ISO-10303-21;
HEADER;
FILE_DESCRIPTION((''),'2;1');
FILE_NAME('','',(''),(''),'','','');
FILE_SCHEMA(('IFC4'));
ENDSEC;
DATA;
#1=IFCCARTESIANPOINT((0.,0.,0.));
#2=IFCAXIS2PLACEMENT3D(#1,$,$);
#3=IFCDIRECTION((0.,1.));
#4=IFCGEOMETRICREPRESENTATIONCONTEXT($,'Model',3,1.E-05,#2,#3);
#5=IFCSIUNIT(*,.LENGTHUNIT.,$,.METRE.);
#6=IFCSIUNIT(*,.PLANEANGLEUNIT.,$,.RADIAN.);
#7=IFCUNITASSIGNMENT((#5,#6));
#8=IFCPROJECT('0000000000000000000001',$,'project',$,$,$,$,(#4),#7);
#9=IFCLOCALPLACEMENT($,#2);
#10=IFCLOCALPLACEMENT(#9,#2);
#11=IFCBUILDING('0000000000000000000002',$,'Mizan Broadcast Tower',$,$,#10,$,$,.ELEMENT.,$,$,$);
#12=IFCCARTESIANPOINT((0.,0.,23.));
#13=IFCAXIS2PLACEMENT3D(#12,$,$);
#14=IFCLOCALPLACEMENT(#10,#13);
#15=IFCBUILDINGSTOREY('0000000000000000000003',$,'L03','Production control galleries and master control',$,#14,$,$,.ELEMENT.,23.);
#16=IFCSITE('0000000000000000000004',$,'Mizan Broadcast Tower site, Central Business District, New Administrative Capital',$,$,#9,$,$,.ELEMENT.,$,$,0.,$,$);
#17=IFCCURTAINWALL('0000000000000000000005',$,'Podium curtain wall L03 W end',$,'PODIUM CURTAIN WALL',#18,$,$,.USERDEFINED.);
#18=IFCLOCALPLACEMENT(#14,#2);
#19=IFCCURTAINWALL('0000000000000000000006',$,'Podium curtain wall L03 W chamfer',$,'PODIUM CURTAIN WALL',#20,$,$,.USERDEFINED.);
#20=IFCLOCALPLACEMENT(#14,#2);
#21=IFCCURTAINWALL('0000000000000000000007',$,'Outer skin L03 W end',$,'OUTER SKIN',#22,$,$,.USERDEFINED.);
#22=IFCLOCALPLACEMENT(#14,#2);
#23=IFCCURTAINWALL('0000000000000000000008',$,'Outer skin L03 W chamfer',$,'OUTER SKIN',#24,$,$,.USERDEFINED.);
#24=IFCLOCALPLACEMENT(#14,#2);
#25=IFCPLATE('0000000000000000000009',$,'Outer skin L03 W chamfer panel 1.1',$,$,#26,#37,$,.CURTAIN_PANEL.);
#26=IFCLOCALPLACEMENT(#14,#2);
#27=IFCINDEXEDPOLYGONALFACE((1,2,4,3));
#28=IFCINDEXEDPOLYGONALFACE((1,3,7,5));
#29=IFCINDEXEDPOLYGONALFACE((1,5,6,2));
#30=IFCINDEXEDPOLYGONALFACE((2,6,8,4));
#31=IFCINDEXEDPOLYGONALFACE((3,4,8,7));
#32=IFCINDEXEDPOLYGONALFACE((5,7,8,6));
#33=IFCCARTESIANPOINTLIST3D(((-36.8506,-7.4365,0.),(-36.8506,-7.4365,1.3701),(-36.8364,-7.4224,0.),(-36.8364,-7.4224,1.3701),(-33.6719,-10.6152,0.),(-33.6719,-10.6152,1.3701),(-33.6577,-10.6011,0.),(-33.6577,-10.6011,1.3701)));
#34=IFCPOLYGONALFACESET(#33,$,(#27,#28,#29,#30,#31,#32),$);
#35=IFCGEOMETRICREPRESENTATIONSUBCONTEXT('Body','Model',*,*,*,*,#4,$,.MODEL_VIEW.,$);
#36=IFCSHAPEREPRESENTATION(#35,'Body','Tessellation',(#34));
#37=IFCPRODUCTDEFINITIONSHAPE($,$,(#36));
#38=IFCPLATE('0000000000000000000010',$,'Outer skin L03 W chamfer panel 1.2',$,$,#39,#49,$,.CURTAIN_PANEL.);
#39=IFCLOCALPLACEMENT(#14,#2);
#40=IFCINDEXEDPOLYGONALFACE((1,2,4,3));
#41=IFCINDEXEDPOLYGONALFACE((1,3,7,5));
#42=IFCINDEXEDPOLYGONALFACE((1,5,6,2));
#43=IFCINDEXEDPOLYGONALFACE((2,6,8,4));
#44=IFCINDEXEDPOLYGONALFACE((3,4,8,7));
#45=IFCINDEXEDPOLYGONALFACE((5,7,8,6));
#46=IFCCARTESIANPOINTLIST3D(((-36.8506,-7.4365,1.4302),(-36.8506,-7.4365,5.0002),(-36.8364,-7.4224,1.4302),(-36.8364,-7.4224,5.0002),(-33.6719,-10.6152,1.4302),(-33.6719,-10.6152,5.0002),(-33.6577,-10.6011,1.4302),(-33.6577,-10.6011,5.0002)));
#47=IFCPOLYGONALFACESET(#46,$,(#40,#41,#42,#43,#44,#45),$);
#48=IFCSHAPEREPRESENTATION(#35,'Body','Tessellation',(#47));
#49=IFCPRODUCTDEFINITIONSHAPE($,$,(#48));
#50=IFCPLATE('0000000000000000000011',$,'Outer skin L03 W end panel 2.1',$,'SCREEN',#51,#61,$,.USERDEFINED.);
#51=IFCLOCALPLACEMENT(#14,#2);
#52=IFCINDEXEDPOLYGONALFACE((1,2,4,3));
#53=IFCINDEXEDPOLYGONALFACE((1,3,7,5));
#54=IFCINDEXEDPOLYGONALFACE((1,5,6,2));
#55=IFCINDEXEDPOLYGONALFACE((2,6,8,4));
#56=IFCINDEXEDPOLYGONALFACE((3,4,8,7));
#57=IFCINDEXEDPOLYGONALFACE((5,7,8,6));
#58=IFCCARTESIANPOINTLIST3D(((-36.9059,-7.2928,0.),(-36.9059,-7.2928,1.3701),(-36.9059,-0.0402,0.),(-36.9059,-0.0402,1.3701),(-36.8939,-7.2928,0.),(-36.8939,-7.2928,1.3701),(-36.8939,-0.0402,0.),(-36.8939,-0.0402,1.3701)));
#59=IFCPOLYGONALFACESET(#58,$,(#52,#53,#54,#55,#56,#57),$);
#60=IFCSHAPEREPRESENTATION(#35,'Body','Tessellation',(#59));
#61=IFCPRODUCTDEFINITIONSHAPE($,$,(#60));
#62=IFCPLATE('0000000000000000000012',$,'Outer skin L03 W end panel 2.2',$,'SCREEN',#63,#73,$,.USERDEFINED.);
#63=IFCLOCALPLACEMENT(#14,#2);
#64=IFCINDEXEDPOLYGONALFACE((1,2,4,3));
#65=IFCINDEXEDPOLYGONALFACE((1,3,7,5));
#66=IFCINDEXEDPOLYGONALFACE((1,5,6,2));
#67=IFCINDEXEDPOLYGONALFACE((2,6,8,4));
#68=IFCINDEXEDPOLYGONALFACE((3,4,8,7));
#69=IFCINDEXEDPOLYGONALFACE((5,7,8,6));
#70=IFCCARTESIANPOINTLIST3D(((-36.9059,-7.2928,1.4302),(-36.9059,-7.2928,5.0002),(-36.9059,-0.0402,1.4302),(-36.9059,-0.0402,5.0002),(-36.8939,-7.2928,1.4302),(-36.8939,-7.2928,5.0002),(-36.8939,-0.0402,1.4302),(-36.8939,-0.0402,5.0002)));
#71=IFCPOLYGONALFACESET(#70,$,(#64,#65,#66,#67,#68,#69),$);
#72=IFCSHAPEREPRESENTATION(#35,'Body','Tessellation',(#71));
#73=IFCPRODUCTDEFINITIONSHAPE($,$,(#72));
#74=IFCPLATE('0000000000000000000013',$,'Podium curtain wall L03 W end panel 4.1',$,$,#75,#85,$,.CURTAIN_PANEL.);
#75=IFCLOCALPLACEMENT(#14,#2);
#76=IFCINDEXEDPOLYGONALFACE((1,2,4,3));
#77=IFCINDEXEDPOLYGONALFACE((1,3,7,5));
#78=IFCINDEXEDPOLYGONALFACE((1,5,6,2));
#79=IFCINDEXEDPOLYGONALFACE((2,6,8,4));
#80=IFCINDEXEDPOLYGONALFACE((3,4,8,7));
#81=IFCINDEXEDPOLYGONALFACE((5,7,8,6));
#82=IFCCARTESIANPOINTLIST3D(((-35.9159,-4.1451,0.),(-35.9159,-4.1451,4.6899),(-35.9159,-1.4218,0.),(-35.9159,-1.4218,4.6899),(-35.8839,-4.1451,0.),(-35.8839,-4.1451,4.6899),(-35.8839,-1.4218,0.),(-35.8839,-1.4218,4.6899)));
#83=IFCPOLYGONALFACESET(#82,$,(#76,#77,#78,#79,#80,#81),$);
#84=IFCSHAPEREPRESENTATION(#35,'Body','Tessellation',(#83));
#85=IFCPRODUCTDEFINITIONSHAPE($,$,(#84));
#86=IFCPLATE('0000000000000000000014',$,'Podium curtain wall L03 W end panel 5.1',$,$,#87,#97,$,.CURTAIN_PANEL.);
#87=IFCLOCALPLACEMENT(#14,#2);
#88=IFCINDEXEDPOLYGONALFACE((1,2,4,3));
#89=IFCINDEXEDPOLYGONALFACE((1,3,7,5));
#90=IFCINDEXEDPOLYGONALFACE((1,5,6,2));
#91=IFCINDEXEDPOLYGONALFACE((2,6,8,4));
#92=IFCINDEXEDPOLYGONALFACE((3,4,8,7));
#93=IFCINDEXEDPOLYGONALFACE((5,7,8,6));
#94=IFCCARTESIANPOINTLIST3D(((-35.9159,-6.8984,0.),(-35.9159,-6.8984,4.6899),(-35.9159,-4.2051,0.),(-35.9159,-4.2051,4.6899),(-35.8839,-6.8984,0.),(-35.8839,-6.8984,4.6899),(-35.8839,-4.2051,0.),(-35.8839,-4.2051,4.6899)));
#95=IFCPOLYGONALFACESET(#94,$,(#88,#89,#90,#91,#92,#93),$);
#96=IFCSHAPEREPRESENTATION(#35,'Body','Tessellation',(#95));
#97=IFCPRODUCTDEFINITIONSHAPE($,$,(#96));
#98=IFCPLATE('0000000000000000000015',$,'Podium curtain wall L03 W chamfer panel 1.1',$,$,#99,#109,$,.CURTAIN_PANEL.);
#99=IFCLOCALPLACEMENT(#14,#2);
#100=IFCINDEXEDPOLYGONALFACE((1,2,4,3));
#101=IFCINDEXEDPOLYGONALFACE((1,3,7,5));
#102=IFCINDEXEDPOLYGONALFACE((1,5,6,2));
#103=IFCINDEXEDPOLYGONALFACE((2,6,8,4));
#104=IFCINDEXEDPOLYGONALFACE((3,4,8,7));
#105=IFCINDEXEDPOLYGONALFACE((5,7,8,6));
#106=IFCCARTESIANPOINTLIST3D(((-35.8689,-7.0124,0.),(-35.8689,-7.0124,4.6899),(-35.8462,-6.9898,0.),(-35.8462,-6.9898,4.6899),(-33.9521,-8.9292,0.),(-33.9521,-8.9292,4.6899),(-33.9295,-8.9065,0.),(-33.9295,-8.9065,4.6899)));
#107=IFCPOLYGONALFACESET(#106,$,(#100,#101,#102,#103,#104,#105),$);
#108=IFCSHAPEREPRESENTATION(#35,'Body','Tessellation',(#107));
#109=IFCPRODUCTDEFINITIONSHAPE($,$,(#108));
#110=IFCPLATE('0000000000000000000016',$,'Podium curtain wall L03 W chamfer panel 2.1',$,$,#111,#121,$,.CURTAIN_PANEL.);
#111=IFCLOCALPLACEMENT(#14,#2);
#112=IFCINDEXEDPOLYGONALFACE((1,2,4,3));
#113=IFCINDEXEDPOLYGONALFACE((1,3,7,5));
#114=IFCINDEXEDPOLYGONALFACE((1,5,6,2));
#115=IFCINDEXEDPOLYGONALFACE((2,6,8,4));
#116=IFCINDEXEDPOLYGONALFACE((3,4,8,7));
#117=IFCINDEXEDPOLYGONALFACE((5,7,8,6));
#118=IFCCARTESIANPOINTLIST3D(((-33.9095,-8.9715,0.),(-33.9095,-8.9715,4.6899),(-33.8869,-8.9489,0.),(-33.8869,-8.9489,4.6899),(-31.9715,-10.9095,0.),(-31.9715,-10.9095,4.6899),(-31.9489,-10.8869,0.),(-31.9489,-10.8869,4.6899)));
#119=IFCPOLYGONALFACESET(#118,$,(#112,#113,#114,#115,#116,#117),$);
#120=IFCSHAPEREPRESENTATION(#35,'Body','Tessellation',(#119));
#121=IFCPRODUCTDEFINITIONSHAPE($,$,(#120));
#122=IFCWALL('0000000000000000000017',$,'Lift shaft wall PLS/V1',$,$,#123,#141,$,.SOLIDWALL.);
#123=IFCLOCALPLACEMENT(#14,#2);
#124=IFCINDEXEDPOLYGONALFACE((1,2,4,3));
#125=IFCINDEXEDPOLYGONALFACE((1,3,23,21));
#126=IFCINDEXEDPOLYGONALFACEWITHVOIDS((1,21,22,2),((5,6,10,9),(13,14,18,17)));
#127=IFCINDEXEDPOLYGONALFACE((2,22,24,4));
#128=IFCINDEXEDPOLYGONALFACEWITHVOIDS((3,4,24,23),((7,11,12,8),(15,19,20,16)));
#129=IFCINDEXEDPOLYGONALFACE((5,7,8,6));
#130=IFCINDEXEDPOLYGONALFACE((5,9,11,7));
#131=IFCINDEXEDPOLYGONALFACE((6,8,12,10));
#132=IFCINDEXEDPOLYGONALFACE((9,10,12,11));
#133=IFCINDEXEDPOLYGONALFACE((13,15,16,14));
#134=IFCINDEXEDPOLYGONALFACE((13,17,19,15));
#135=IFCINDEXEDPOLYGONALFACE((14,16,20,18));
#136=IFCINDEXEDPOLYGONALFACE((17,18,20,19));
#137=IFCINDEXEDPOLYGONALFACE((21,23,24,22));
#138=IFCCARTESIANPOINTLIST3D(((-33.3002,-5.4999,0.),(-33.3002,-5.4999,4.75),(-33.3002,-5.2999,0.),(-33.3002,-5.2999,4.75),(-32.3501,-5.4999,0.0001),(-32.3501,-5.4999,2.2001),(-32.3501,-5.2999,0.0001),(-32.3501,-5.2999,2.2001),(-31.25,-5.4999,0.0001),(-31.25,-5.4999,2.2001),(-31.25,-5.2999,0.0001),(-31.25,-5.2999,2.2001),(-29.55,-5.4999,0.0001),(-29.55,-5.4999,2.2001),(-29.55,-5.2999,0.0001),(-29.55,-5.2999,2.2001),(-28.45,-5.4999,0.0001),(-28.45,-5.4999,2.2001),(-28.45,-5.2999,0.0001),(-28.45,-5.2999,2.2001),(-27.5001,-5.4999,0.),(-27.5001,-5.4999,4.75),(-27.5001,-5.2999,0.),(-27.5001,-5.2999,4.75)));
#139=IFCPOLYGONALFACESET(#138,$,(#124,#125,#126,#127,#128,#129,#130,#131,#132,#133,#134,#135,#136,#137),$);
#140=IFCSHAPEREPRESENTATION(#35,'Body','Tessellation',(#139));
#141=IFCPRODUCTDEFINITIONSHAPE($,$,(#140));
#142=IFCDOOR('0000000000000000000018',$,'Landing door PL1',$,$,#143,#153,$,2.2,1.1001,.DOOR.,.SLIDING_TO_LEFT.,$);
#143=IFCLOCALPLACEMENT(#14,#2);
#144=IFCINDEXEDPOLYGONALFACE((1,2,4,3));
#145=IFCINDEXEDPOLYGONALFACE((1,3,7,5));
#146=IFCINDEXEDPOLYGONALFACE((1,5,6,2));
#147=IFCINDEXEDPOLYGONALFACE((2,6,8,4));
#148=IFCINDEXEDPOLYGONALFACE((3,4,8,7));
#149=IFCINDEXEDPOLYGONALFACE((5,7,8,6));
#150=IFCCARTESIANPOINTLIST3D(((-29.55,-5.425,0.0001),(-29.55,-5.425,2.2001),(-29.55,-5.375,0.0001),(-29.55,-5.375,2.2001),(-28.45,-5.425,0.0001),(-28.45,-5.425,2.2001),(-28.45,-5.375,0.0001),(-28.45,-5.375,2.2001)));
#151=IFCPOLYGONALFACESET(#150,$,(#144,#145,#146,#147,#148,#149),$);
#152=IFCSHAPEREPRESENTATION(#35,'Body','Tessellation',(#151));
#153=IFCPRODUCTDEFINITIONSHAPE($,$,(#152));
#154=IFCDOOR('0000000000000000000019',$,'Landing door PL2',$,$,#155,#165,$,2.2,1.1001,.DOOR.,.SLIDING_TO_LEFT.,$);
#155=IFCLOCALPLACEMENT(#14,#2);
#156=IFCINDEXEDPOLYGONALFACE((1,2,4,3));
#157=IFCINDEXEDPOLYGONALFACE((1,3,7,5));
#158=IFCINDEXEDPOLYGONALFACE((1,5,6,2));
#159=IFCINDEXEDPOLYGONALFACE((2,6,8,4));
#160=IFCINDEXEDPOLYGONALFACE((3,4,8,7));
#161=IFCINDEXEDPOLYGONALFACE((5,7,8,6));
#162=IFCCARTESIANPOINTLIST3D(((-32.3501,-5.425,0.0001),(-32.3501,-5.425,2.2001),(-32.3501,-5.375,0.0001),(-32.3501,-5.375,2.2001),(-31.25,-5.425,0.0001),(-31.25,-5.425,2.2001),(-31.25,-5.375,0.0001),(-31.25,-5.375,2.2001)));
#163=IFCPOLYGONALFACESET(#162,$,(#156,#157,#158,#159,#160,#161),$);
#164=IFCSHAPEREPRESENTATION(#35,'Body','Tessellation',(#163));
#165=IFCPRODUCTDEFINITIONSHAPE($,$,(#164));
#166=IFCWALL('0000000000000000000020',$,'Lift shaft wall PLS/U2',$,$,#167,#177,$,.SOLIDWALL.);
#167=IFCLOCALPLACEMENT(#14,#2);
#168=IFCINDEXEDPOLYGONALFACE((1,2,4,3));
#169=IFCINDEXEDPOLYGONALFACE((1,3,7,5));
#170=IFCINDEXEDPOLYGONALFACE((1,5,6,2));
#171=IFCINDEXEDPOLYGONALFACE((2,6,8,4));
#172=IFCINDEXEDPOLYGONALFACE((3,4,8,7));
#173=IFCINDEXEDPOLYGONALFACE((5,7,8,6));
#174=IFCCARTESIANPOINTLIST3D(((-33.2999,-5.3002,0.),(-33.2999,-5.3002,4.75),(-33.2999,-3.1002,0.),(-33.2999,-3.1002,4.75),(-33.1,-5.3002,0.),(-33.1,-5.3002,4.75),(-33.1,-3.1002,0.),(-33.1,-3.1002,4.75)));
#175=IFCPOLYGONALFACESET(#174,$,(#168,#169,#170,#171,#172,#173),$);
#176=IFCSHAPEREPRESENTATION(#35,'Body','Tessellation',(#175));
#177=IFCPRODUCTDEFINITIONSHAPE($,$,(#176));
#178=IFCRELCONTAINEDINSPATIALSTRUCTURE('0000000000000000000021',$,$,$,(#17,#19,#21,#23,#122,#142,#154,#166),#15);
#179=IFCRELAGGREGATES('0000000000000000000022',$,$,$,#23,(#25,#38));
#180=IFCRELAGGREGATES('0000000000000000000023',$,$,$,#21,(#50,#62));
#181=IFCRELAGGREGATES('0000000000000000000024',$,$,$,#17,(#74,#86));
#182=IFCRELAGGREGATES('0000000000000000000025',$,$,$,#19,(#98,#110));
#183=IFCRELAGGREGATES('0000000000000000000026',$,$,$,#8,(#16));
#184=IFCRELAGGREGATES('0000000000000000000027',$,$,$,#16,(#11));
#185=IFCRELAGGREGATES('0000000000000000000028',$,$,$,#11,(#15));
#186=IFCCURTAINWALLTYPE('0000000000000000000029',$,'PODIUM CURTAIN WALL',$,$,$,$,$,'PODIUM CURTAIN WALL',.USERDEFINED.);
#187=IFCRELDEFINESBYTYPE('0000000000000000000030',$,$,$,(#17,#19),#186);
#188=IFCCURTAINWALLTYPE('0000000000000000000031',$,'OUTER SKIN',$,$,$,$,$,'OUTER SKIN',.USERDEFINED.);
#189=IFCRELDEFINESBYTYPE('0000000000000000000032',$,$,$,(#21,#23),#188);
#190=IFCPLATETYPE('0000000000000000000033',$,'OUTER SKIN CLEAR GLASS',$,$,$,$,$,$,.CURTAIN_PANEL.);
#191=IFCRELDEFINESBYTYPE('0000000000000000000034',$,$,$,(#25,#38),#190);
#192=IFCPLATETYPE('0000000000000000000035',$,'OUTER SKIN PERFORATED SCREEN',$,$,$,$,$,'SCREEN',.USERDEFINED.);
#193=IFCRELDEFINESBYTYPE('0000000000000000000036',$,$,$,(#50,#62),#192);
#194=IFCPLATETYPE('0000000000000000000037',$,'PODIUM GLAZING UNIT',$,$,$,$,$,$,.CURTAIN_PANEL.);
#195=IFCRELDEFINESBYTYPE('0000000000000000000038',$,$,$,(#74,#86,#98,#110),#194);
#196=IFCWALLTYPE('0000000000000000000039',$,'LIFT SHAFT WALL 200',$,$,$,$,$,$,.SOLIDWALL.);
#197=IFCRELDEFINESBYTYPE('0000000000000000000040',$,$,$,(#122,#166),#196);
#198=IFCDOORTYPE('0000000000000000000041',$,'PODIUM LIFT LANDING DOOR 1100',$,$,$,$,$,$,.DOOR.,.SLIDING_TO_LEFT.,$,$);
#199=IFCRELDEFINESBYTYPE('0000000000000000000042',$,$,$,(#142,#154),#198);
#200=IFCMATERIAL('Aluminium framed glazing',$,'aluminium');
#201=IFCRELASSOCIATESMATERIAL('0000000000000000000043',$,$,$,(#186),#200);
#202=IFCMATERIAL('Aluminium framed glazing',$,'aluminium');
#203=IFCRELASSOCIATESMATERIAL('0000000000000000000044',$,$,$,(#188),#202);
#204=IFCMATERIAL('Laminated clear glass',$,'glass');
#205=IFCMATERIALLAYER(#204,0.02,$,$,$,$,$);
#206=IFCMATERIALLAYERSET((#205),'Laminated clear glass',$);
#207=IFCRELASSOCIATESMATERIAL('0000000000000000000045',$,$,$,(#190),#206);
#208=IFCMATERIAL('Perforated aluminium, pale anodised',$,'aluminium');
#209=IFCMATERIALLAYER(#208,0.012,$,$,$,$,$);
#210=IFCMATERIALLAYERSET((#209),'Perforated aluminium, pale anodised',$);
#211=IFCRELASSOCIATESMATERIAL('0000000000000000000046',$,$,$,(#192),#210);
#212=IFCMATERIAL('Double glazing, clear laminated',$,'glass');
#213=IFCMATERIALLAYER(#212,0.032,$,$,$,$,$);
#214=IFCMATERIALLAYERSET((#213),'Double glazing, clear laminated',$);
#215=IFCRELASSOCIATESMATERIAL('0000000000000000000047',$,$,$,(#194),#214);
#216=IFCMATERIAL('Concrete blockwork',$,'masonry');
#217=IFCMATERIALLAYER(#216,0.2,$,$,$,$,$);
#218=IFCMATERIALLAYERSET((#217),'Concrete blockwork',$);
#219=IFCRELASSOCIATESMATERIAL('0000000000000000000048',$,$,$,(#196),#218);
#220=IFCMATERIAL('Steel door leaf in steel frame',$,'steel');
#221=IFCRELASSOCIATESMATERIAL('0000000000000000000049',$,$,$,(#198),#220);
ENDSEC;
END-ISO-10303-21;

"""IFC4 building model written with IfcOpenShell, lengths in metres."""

from ifc_helpers import new_model, si_unit, direction, frame, frame_2d, origin, origin_2d, place, context, subcontext, project, spatial, rectangle, extrude, material, layer, layer_set, type_object, element, fill, aggregate, save


model = new_model("IFC4")

# Units and contexts
model_context = context("Model", 3, precision=1e-05, world=origin(), true_north=direction((0.0, 1.0)))
body_context = subcontext(model_context, "Body", "Model", "MODEL_VIEW")
ifc_project = project(units=[si_unit("LENGTHUNIT", "METRE"), si_unit("PLANEANGLEUNIT", "RADIAN")], contexts=[model_context])

# Site, building, storey
site_placement = place(None, origin())
site = spatial("IfcSite", under=ifc_project, at=site_placement, Name="Mizan Broadcast Tower site, Central Business District, New Administrative Capital", CompositionType="ELEMENT", RefElevation=0.0)
building_placement = place(site_placement, origin())
building = spatial("IfcBuilding", under=site, at=building_placement, Name="Mizan Broadcast Tower", CompositionType="ELEMENT")
storey_placement = place(building_placement, frame((0.0, 0.0, 23.0)))
storey = spatial("IfcBuildingStorey", under=building, at=storey_placement, Name="L03", Description="Production control galleries and master control", CompositionType="ELEMENT", Elevation=23.0)

# Curtain wall
ifc_material_1 = material(Name="Aluminium framed glazing", Category="aluminium")
curtain_wall_type_1 = type_object("IfcCurtainWallType", Name="PODIUM CURTAIN WALL", ElementType="PODIUM CURTAIN WALL", PredefinedType="USERDEFINED", material=ifc_material_1)
curtain_wall_1_placement = place(storey_placement, origin())
curtain_wall_1 = element("IfcCurtainWall", 1, at=curtain_wall_1_placement, inside=storey, type_object=curtain_wall_type_1, Name="Podium curtain wall L03 W end", ObjectType="PODIUM CURTAIN WALL", PredefinedType="USERDEFINED")

# Curtain wall
curtain_wall_2_placement = place(storey_placement, origin())
curtain_wall_2 = element("IfcCurtainWall", 2, at=curtain_wall_2_placement, inside=storey, type_object=curtain_wall_type_1, Name="Podium curtain wall L03 W chamfer", ObjectType="PODIUM CURTAIN WALL", PredefinedType="USERDEFINED")

# Curtain wall
ifc_material_2 = material(Name="Aluminium framed glazing", Category="aluminium")
curtain_wall_type_2 = type_object("IfcCurtainWallType", Name="OUTER SKIN", ElementType="OUTER SKIN", PredefinedType="USERDEFINED", material=ifc_material_2)
curtain_wall_3_placement = place(storey_placement, origin())
curtain_wall_3 = element("IfcCurtainWall", 3, at=curtain_wall_3_placement, inside=storey, type_object=curtain_wall_type_2, Name="Outer skin L03 W end", ObjectType="OUTER SKIN", PredefinedType="USERDEFINED")

# Curtain wall, plates
curtain_wall_4_placement = place(storey_placement, origin())
curtain_wall_4 = element("IfcCurtainWall", 4, at=curtain_wall_4_placement, inside=storey, type_object=curtain_wall_type_2, Name="Outer skin L03 W chamfer", ObjectType="OUTER SKIN", PredefinedType="USERDEFINED")
ifc_material_3 = material(Name="Laminated clear glass", Category="glass")
ifc_layer_1 = layer(ifc_material_3, 0.02)
ifc_layer_set_1 = layer_set([ifc_layer_1], Name="Laminated clear glass")
plate_type_1 = type_object("IfcPlateType", Name="OUTER SKIN CLEAR GLASS", PredefinedType="CURTAIN_PANEL", material=ifc_layer_set_1)
plate_1_placement = place(storey_placement, frame((-35.2542, -9.0188, 0.0), z_axis=(0.0, 0.0, 1.0), x_axis=(0.707107, -0.707107, 0.0)))
plate_1 = element("IfcPlate", 5, at=plate_1_placement, type_object=plate_type_1, Name="Outer skin L03 W chamfer panel 1.1", PredefinedType="CURTAIN_PANEL", context=body_context, shape_type="SweptSolid", body=[
    extrude(rectangle(XDim=4.4954, YDim=0.02, at=origin_2d()), origin(), (0.0, 0.0, 1.0), 1.3701),
])
plate_2_placement = place(storey_placement, frame((-35.2542, -9.0188, 1.4302), z_axis=(0.0, 0.0, 1.0), x_axis=(0.707107, -0.707107, 0.0)))
plate_2 = element("IfcPlate", 6, at=plate_2_placement, type_object=plate_type_1, Name="Outer skin L03 W chamfer panel 1.2", PredefinedType="CURTAIN_PANEL", context=body_context, shape_type="SweptSolid", body=[
    extrude(rectangle(XDim=4.4954, YDim=0.02, at=origin_2d()), origin(), (0.0, 0.0, 1.0), 3.5701),
])
aggregate(curtain_wall_4, [plate_1, plate_2])

# Plates
ifc_material_4 = material(Name="Perforated aluminium, pale anodised", Category="aluminium")
ifc_layer_2 = layer(ifc_material_4, 0.012)
ifc_layer_set_2 = layer_set([ifc_layer_2], Name="Perforated aluminium, pale anodised")
plate_type_2 = type_object("IfcPlateType", Name="OUTER SKIN PERFORATED SCREEN", ElementType="SCREEN", PredefinedType="USERDEFINED", material=ifc_layer_set_2)
plate_3_placement = place(storey_placement, frame((-36.8999, -3.6665, 0.0), z_axis=(0.0, 0.0, 1.0), x_axis=(0.0, -1.0, 0.0)))
plate_3 = element("IfcPlate", 7, at=plate_3_placement, type_object=plate_type_2, Name="Outer skin L03 W end panel 2.1", ObjectType="SCREEN", PredefinedType="USERDEFINED", context=body_context, shape_type="SweptSolid", body=[
    extrude(rectangle(XDim=7.2527, YDim=0.012, at=origin_2d()), origin(), (0.0, 0.0, 1.0), 1.3701),
])
plate_4_placement = place(storey_placement, frame((-36.8999, -3.6665, 1.4302), z_axis=(0.0, 0.0, 1.0), x_axis=(0.0, -1.0, 0.0)))
plate_4 = element("IfcPlate", 8, at=plate_4_placement, type_object=plate_type_2, Name="Outer skin L03 W end panel 2.2", ObjectType="SCREEN", PredefinedType="USERDEFINED", context=body_context, shape_type="SweptSolid", body=[
    extrude(rectangle(XDim=7.2527, YDim=0.012, at=origin_2d()), origin(), (0.0, 0.0, 1.0), 3.5701),
])
aggregate(curtain_wall_3, [plate_3, plate_4])
ifc_material_5 = material(Name="Double glazing, clear laminated", Category="glass")
ifc_layer_3 = layer(ifc_material_5, 0.032)
ifc_layer_set_3 = layer_set([ifc_layer_3], Name="Double glazing, clear laminated")
plate_type_3 = type_object("IfcPlateType", Name="PODIUM GLAZING UNIT", PredefinedType="CURTAIN_PANEL", material=ifc_layer_set_3)
plate_5_placement = place(storey_placement, frame((-35.8999, -2.7834, 0.0), z_axis=(0.0, 0.0, 1.0), x_axis=(0.0, -1.0, 0.0)))
plate_5 = element("IfcPlate", 9, at=plate_5_placement, type_object=plate_type_3, Name="Podium curtain wall L03 W end panel 4.1", PredefinedType="CURTAIN_PANEL", context=body_context, shape_type="SweptSolid", body=[
    extrude(rectangle(XDim=2.7234, YDim=0.032, at=origin_2d()), origin(), (0.0, 0.0, 1.0), 4.6899),
])
plate_6_placement = place(storey_placement, frame((-35.8999, -5.5518, 0.0), z_axis=(0.0, 0.0, 1.0), x_axis=(0.0, -1.0, 0.0)))
plate_6 = element("IfcPlate", 10, at=plate_6_placement, type_object=plate_type_3, Name="Podium curtain wall L03 W end panel 5.1", PredefinedType="CURTAIN_PANEL", context=body_context, shape_type="SweptSolid", body=[
    extrude(rectangle(XDim=2.6934, YDim=0.032, at=origin_2d()), origin(), (0.0, 0.0, 1.0), 4.6899),
])
aggregate(curtain_wall_1, [plate_5, plate_6])
plate_7_placement = place(storey_placement, frame((-34.8992, -7.9595, 0.0), z_axis=(0.0, 0.0, 1.0), x_axis=(0.707107, -0.707107, 0.0)))
plate_7 = element("IfcPlate", 11, at=plate_7_placement, type_object=plate_type_3, Name="Podium curtain wall L03 W chamfer panel 1.1", PredefinedType="CURTAIN_PANEL", context=body_context, shape_type="SweptSolid", body=[
    extrude(rectangle(XDim=2.7107, YDim=0.032, at=origin_2d()), origin(), (0.0, 0.0, 1.0), 4.6899),
])
plate_8_placement = place(storey_placement, frame((-32.9292, -9.9292, 0.0), z_axis=(0.0, 0.0, 1.0), x_axis=(0.707107, -0.707107, 0.0)))
plate_8 = element("IfcPlate", 12, at=plate_8_placement, type_object=plate_type_3, Name="Podium curtain wall L03 W chamfer panel 2.1", PredefinedType="CURTAIN_PANEL", context=body_context, shape_type="SweptSolid", body=[
    extrude(rectangle(XDim=2.7407, YDim=0.032, at=origin_2d()), origin(), (0.0, 0.0, 1.0), 4.6899),
])
aggregate(curtain_wall_2, [plate_7, plate_8])

# Wall, openings, doors
ifc_material_6 = material(Name="Concrete blockwork", Category="masonry")
ifc_layer_4 = layer(ifc_material_6, 0.2)
ifc_layer_set_4 = layer_set([ifc_layer_4], Name="Concrete blockwork")
wall_type = type_object("IfcWallType", Name="LIFT SHAFT WALL 200", PredefinedType="SOLIDWALL", material=ifc_layer_set_4)
wall_1_placement = place(storey_placement, frame((-33.3, -5.3999, 0.0), z_axis=(0.0, 0.0, 1.0), x_axis=(1.0, 0.0, 0.0)))
wall_1 = element("IfcWall", 13, at=wall_1_placement, inside=storey, type_object=wall_type, Name="Lift shaft wall PLS/V1", PredefinedType="SOLIDWALL", context=body_context, shape_type="SweptSolid", body=[
    extrude(rectangle(XDim=5.8, YDim=0.2, at=frame_2d((2.8999, 0.0))), origin(), (0.0, 0.0, 1.0), 4.75),
])
opening_1_placement = place(wall_1_placement, frame((3.75, 0.0, 0.0)))
opening_1 = element("IfcOpeningElement", 14, at=opening_1_placement, cuts=wall_1, PredefinedType="OPENING", context=body_context, shape_type="SweptSolid", body=[
    extrude(rectangle(XDim=1.1001, YDim=2.2, at=frame_2d((0.55, 1.1001))), frame((0.0, 0.1099, 0.0), z_axis=(0.0, -1.0, 0.0), x_axis=(1.0, 0.0, 0.0)), (0.0, 0.0, 1.0), 0.22),
])
opening_2_placement = place(wall_1_placement, frame((0.95, 0.0, 0.0)))
opening_2 = element("IfcOpeningElement", 15, at=opening_2_placement, cuts=wall_1, PredefinedType="OPENING", context=body_context, shape_type="SweptSolid", body=[
    extrude(rectangle(XDim=1.1001, YDim=2.2, at=frame_2d((0.55, 1.1001))), frame((0.0, 0.1099, 0.0), z_axis=(0.0, -1.0, 0.0), x_axis=(1.0, 0.0, 0.0)), (0.0, 0.0, 1.0), 0.22),
])
ifc_material_7 = material(Name="Steel door leaf in steel frame", Category="steel")
door_type = type_object("IfcDoorType", Name="PODIUM LIFT LANDING DOOR 1100", OperationType="SLIDING_TO_LEFT", PredefinedType="DOOR", material=ifc_material_7)
door_1_placement = place(opening_1_placement, origin())
door_1 = element("IfcDoor", 16, at=door_1_placement, inside=storey, type_object=door_type, Name="Landing door PL1", OperationType="SLIDING_TO_LEFT", OverallHeight=2.2, OverallWidth=1.1001, PredefinedType="DOOR", context=body_context, shape_type="SweptSolid", body=[
    extrude(rectangle(XDim=1.1001, YDim=2.2, at=frame_2d((0.55, 1.1001))), frame((0.0, 0.0249, 0.0), z_axis=(0.0, -1.0, 0.0), x_axis=(1.0, 0.0, 0.0)), (0.0, 0.0, 1.0), 0.05),
])
fill(opening_1, door_1)
door_2_placement = place(opening_2_placement, origin())
door_2 = element("IfcDoor", 17, at=door_2_placement, inside=storey, type_object=door_type, Name="Landing door PL2", OperationType="SLIDING_TO_LEFT", OverallHeight=2.2, OverallWidth=1.1001, PredefinedType="DOOR", context=body_context, shape_type="SweptSolid", body=[
    extrude(rectangle(XDim=1.1001, YDim=2.2, at=frame_2d((0.55, 1.1001))), frame((0.0, 0.0249, 0.0), z_axis=(0.0, -1.0, 0.0), x_axis=(1.0, 0.0, 0.0)), (0.0, 0.0, 1.0), 0.05),
])
fill(opening_2, door_2)

# Wall
wall_2_placement = place(storey_placement, frame((-33.2, -3.1001, 0.0), z_axis=(0.0, 0.0, 1.0), x_axis=(0.0, -1.0, 0.0)))
element("IfcWall", 18, at=wall_2_placement, inside=storey, type_object=wall_type, Name="Lift shaft wall PLS/U2", PredefinedType="SOLIDWALL", context=body_context, shape_type="SweptSolid", body=[
    extrude(rectangle(XDim=2.2, YDim=0.2, at=frame_2d((1.1001, 0.0))), origin(), (0.0, 0.0, 1.0), 4.75),
])

save(model, "model.ifc")
